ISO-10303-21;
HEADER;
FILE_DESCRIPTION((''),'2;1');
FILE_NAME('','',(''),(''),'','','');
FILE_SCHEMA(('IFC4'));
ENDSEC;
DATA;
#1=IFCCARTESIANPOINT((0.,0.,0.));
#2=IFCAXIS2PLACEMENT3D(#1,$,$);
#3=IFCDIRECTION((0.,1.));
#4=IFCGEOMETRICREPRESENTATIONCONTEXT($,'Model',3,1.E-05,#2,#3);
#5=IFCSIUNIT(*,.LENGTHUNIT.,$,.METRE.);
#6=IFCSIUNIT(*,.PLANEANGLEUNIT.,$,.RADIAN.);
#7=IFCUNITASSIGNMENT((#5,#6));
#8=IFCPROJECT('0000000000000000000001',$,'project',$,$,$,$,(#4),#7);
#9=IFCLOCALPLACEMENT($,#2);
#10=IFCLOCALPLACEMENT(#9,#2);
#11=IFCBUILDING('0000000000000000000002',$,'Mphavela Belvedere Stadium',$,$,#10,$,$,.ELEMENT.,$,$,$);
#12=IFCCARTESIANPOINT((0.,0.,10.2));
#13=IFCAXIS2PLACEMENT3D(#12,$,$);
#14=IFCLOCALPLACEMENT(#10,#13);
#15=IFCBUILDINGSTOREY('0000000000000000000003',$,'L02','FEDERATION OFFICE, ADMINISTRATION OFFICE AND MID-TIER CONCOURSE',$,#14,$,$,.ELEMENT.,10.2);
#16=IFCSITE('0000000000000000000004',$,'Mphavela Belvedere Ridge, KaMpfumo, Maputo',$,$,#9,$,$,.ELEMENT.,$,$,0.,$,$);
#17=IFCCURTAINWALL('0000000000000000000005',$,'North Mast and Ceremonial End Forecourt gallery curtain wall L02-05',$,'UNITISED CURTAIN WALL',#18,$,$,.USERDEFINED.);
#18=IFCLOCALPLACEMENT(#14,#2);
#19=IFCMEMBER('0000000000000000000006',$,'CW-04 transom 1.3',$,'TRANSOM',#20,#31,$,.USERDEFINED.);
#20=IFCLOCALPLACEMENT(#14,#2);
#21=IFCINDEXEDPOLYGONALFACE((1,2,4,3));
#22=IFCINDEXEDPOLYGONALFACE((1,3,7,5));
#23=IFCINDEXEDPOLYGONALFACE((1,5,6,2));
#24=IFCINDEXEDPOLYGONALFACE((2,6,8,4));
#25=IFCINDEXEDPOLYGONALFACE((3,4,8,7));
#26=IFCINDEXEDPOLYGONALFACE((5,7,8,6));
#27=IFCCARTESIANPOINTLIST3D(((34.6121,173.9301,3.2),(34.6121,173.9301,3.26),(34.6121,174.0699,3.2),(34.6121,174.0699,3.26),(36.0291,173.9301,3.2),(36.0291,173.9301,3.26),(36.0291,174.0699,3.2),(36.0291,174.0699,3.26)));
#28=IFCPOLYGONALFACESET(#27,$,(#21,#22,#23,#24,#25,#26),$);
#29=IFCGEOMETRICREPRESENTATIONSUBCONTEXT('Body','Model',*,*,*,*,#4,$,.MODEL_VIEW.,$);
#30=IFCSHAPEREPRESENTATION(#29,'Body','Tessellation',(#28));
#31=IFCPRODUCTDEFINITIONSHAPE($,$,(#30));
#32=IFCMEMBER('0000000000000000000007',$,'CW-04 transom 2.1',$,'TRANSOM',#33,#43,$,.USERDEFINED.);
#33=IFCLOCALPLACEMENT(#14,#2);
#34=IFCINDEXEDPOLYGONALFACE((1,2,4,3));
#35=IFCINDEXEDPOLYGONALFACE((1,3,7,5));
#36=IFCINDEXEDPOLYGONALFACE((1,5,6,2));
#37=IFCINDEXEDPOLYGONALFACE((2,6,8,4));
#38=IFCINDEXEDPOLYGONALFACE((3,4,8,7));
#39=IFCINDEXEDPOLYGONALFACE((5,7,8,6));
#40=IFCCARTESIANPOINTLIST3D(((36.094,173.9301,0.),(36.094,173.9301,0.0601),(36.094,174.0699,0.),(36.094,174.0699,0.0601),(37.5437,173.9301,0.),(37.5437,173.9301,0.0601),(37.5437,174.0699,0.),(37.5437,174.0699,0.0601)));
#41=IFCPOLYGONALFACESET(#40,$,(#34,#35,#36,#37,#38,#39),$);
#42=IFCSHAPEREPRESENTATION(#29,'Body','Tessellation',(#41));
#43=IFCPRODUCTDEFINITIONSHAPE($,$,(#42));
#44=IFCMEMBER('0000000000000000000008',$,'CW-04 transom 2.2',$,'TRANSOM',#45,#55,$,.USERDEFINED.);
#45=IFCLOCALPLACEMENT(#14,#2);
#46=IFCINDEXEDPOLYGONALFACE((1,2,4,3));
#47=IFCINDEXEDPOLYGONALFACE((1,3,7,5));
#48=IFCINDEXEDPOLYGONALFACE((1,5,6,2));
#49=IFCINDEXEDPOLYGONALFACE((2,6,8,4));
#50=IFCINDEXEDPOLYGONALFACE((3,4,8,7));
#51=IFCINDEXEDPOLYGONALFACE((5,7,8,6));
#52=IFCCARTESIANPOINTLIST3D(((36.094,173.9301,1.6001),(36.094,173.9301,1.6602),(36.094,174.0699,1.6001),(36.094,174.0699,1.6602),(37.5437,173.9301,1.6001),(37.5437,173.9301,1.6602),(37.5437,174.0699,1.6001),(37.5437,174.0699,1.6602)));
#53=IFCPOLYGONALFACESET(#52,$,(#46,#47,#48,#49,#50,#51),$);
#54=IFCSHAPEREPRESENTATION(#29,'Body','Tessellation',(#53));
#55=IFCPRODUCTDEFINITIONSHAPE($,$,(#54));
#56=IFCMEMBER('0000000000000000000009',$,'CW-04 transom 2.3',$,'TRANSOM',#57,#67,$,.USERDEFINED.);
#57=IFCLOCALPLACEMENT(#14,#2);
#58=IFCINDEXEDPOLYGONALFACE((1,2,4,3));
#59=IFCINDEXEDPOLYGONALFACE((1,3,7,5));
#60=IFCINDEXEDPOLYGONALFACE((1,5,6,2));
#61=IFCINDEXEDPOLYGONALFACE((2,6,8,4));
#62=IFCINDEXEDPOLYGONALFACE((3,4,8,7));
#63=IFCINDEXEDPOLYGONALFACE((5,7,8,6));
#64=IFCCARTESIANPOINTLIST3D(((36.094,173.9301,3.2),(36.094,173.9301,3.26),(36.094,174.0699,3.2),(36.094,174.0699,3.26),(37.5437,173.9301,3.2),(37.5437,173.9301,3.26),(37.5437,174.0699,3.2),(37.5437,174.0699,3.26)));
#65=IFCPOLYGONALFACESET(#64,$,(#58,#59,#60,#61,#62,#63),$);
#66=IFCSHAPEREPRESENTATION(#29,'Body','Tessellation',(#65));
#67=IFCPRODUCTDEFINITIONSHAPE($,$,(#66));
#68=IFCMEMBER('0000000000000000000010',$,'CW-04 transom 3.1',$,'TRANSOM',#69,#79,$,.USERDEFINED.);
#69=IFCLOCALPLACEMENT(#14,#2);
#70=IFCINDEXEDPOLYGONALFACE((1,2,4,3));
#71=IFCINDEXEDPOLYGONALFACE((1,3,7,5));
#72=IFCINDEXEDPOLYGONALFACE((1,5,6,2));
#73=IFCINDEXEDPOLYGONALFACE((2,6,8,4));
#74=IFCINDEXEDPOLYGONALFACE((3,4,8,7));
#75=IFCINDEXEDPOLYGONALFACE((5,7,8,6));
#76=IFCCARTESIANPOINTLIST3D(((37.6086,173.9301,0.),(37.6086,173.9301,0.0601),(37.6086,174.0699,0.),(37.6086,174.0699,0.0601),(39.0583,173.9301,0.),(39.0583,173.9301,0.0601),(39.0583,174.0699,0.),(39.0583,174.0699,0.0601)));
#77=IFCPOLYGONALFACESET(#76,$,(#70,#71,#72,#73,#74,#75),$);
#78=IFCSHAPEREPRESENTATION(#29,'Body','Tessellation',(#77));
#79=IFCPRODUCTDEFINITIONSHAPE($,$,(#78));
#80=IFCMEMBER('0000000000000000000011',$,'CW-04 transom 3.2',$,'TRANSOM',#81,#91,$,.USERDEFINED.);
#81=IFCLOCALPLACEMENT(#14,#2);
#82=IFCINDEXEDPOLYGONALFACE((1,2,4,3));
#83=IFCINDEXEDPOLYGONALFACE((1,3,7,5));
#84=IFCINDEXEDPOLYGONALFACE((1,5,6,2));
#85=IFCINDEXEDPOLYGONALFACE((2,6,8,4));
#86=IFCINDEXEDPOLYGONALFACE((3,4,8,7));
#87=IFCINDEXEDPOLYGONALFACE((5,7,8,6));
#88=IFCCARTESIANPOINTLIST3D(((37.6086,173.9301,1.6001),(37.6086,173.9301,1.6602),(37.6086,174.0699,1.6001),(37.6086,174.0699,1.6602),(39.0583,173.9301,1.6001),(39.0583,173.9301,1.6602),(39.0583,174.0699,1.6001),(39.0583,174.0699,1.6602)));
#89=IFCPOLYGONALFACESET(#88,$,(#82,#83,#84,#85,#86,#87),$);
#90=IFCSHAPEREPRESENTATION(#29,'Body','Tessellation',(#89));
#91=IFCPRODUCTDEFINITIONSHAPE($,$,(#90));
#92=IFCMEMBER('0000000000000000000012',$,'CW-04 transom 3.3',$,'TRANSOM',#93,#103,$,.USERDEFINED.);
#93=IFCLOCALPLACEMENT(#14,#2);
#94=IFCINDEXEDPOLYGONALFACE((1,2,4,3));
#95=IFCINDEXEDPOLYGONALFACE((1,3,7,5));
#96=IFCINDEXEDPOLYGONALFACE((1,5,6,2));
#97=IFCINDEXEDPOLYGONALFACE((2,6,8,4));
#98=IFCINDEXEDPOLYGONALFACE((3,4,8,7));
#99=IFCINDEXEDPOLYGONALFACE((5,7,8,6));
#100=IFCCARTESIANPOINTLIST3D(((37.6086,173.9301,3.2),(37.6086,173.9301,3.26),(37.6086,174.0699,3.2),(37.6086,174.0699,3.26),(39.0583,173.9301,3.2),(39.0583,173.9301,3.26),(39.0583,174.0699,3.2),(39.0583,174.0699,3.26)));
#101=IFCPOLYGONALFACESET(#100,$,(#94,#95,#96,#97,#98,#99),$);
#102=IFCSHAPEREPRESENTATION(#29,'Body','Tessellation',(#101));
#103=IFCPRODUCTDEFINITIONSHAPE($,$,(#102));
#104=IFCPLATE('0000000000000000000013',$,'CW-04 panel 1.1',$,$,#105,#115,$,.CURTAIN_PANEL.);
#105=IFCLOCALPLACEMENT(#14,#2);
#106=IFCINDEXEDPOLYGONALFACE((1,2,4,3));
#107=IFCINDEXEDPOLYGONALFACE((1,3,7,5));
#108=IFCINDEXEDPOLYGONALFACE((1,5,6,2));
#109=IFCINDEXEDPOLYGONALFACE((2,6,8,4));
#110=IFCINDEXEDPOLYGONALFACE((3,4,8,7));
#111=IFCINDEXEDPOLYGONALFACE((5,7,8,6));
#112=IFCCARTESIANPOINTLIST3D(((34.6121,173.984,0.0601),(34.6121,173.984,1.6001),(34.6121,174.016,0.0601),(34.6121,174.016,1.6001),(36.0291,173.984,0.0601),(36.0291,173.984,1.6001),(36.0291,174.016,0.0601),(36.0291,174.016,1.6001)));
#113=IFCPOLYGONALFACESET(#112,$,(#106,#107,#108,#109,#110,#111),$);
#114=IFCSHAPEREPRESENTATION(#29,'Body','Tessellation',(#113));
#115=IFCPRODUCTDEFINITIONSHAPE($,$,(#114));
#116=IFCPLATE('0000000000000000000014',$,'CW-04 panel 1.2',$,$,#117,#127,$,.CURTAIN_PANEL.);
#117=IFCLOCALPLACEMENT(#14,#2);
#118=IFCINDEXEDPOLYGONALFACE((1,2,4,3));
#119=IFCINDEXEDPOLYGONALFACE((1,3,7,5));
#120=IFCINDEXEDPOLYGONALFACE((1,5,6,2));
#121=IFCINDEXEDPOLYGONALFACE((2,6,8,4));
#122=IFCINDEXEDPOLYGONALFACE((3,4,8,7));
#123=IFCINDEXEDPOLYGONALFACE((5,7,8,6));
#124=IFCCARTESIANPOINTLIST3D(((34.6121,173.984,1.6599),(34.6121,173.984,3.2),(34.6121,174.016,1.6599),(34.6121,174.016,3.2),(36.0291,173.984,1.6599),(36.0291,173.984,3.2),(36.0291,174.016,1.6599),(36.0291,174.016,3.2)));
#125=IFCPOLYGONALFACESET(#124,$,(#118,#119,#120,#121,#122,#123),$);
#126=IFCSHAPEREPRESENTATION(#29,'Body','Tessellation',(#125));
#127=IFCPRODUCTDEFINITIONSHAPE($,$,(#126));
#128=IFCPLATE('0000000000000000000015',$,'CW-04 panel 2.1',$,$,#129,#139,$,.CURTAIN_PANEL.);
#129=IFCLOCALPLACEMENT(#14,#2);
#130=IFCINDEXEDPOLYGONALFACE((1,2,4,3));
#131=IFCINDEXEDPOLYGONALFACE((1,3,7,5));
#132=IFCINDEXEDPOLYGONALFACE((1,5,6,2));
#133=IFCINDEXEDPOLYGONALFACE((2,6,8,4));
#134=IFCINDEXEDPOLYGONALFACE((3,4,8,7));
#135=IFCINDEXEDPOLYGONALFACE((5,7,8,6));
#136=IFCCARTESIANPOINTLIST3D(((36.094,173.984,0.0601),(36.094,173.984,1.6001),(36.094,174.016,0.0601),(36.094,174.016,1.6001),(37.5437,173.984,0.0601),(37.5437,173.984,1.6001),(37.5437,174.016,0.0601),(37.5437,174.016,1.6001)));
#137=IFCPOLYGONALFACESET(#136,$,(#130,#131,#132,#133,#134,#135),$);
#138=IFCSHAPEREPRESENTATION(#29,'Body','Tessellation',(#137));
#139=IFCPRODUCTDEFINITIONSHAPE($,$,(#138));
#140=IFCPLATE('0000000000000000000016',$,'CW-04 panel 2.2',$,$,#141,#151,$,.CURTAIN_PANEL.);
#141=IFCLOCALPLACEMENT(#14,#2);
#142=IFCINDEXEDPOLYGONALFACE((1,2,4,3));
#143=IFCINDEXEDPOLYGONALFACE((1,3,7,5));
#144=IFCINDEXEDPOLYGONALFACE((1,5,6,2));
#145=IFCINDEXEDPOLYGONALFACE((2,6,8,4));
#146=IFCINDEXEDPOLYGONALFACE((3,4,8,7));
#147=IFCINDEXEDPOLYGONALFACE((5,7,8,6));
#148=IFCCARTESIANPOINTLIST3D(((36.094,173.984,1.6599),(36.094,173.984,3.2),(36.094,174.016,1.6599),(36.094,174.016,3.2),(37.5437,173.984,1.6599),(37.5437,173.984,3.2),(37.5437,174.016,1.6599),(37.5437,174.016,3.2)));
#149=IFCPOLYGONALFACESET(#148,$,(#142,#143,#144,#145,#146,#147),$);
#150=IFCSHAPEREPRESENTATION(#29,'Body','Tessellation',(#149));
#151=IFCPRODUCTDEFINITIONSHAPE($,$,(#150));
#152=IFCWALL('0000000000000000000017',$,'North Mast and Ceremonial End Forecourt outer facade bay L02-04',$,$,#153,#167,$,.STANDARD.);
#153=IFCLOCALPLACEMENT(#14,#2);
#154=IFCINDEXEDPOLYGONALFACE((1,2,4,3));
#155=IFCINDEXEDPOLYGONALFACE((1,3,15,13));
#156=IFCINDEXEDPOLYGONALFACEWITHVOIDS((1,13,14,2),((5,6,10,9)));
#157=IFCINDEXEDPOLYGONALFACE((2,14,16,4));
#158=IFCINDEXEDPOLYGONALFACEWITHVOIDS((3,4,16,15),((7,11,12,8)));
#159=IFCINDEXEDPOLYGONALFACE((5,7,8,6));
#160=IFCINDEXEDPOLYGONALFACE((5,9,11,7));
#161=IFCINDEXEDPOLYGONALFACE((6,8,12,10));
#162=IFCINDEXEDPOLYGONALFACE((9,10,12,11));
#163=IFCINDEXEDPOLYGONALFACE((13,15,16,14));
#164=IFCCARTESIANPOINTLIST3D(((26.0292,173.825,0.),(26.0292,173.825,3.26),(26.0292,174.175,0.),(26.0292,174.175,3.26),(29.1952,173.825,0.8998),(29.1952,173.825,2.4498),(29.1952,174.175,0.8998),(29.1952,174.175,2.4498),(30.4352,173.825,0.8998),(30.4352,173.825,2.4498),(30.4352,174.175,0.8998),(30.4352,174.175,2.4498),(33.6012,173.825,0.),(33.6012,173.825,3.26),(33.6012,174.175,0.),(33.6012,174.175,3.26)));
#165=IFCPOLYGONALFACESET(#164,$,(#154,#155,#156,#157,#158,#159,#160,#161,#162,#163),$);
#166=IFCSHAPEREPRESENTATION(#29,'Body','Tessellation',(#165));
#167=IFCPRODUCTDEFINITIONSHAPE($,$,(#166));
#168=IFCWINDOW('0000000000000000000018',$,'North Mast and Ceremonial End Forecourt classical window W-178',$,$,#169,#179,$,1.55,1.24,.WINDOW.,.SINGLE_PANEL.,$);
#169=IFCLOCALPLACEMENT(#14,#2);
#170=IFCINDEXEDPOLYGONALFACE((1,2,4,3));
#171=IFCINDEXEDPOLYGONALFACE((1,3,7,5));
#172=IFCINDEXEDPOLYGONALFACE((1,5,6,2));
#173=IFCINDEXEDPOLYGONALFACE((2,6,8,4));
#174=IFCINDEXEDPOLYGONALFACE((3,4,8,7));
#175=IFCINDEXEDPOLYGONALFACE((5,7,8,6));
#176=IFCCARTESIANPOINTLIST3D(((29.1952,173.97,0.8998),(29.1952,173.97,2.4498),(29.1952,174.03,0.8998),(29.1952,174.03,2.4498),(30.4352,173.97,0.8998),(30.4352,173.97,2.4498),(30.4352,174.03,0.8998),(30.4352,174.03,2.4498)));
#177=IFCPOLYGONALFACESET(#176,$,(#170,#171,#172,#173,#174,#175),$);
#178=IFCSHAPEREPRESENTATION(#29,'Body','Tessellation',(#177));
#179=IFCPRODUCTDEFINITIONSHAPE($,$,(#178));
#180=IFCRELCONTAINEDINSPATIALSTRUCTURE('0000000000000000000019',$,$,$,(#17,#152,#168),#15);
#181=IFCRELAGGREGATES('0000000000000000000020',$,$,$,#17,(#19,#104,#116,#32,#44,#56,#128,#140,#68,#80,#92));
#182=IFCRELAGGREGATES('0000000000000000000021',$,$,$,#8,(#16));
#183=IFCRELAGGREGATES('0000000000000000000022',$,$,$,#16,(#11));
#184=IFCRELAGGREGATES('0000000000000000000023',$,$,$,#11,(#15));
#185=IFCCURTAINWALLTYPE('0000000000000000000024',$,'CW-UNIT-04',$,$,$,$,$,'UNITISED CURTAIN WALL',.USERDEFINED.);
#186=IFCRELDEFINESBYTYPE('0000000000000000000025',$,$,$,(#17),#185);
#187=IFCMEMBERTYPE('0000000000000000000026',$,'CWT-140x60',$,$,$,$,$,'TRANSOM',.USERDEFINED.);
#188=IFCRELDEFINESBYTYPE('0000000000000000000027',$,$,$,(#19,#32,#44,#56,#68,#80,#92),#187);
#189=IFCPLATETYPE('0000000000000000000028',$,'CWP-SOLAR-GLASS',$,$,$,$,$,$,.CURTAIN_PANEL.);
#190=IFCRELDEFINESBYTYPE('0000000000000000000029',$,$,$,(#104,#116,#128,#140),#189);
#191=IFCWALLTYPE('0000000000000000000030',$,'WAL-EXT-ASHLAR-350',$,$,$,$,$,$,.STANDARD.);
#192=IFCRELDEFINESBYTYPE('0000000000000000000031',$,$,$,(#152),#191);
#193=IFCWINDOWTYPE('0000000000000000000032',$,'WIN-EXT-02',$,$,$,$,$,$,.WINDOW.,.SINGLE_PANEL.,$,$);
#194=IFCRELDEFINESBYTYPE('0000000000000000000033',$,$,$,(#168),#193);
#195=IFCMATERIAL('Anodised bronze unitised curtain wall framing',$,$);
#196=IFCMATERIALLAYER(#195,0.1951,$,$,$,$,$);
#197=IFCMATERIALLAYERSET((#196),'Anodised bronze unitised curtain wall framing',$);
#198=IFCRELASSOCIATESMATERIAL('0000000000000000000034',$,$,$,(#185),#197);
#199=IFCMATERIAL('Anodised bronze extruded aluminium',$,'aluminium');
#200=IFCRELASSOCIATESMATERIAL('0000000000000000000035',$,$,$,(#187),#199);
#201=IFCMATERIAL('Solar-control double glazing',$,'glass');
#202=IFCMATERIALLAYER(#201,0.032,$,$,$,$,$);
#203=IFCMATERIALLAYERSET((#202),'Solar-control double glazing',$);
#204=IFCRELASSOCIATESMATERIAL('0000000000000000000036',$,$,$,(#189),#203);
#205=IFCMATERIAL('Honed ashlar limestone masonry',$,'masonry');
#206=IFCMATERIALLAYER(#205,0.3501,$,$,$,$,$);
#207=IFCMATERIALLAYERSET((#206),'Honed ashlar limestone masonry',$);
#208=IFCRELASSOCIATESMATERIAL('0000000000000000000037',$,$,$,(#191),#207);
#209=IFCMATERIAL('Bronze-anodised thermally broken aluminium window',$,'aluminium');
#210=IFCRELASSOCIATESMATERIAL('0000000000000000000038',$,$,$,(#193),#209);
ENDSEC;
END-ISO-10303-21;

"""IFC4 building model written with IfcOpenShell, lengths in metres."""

from ifc_helpers import new_model, si_unit, direction, frame, frame_2d, origin, origin_2d, place, context, subcontext, project, spatial, rectangle, extrude, material, layer, layer_set, material_profile, profile_set, type_object, element, fill, aggregate, save


model = new_model("IFC4")

# Units and contexts
model_context = context("Model", 3, precision=1e-05, world=origin(), true_north=direction((0.0, 1.0)))
body_context = subcontext(model_context, "Body", "Model", "MODEL_VIEW")
ifc_project = project(units=[si_unit("LENGTHUNIT", "METRE"), si_unit("PLANEANGLEUNIT", "RADIAN")], contexts=[model_context])

# Site, building, storey
site_placement = place(None, origin())
site = spatial("IfcSite", under=ifc_project, at=site_placement, Name="Mphavela Belvedere Ridge, KaMpfumo, Maputo", CompositionType="ELEMENT", RefElevation=0.0)
building_placement = place(site_placement, origin())
building = spatial("IfcBuilding", under=site, at=building_placement, Name="Mphavela Belvedere Stadium", CompositionType="ELEMENT")
storey_placement = place(building_placement, frame((0.0, 0.0, 10.2)))
storey = spatial("IfcBuildingStorey", under=building, at=storey_placement, Name="L02", Description="FEDERATION OFFICE, ADMINISTRATION OFFICE AND MID-TIER CONCOURSE", CompositionType="ELEMENT", Elevation=10.2)

# Curtain wall, members, plates
ifc_material_1 = material(Name="Anodised bronze unitised curtain wall framing")
ifc_layer_1 = layer(ifc_material_1, 0.1951)
ifc_layer_set_1 = layer_set([ifc_layer_1], Name="Anodised bronze unitised curtain wall framing")
curtain_wall_type = type_object("IfcCurtainWallType", Name="CW-UNIT-04", ElementType="UNITISED CURTAIN WALL", PredefinedType="USERDEFINED", material=ifc_layer_set_1)
curtain_wall_placement = place(storey_placement, origin())
curtain_wall = element("IfcCurtainWall", 1, at=curtain_wall_placement, inside=storey, type_object=curtain_wall_type, Name="North Mast and Ceremonial End Forecourt gallery curtain wall L02-05", ObjectType="UNITISED CURTAIN WALL", PredefinedType="USERDEFINED")
ifc_material_2 = material(Name="Anodised bronze extruded aluminium", Category="aluminium")
ifc_material_profile_1 = material_profile(ifc_material_2, rectangle(XDim=0.1399, YDim=0.0601, at=origin_2d()), Name="CW-TRN 140x60")
ifc_profile_set_1 = profile_set([ifc_material_profile_1], Name="Anodised bronze extruded aluminium")
member_type_1 = type_object("IfcMemberType", Name="CWT-140x60", ElementType="TRANSOM", PredefinedType="USERDEFINED", material=ifc_profile_set_1)
member_1_placement = place(storey_placement, frame((34.6121, 174.0, 3.23), z_axis=(1.0, 0.0, 0.0), x_axis=(0.0, 1.0, 0.0)))
member_1 = element("IfcMember", 2, at=member_1_placement, type_object=member_type_1, Name="CW-04 transom 1.3", ObjectType="TRANSOM", PredefinedType="USERDEFINED", context=body_context, shape_type="SweptSolid", body=[
    extrude(rectangle(XDim=0.1399, YDim=0.0601, at=origin_2d()), origin(), (0.0, 0.0, 1.0), 1.417),
])
member_2_placement = place(storey_placement, frame((36.094, 174.0, 0.03), z_axis=(1.0, 0.0, 0.0), x_axis=(0.0, 1.0, 0.0)))
member_2 = element("IfcMember", 3, at=member_2_placement, type_object=member_type_1, Name="CW-04 transom 2.1", ObjectType="TRANSOM", PredefinedType="USERDEFINED", context=body_context, shape_type="SweptSolid", body=[
    extrude(rectangle(XDim=0.1399, YDim=0.0601, at=origin_2d()), origin(), (0.0, 0.0, 1.0), 1.4497),
])
member_3_placement = place(storey_placement, frame((36.094, 174.0, 1.6301), z_axis=(1.0, 0.0, 0.0), x_axis=(0.0, 1.0, 0.0)))
member_3 = element("IfcMember", 4, at=member_3_placement, type_object=member_type_1, Name="CW-04 transom 2.2", ObjectType="TRANSOM", PredefinedType="USERDEFINED", context=body_context, shape_type="SweptSolid", body=[
    extrude(rectangle(XDim=0.1399, YDim=0.0601, at=origin_2d()), origin(), (0.0, 0.0, 1.0), 1.4497),
])
member_4_placement = place(storey_placement, frame((36.094, 174.0, 3.23), z_axis=(1.0, 0.0, 0.0), x_axis=(0.0, 1.0, 0.0)))
member_4 = element("IfcMember", 5, at=member_4_placement, type_object=member_type_1, Name="CW-04 transom 2.3", ObjectType="TRANSOM", PredefinedType="USERDEFINED", context=body_context, shape_type="SweptSolid", body=[
    extrude(rectangle(XDim=0.1399, YDim=0.0601, at=origin_2d()), origin(), (0.0, 0.0, 1.0), 1.4497),
])
member_5_placement = place(storey_placement, frame((37.6086, 174.0, 0.03), z_axis=(1.0, 0.0, 0.0), x_axis=(0.0, 1.0, 0.0)))
member_5 = element("IfcMember", 6, at=member_5_placement, type_object=member_type_1, Name="CW-04 transom 3.1", ObjectType="TRANSOM", PredefinedType="USERDEFINED", context=body_context, shape_type="SweptSolid", body=[
    extrude(rectangle(XDim=0.1399, YDim=0.0601, at=origin_2d()), origin(), (0.0, 0.0, 1.0), 1.4497),
])
member_6_placement = place(storey_placement, frame((37.6086, 174.0, 1.6301), z_axis=(1.0, 0.0, 0.0), x_axis=(0.0, 1.0, 0.0)))
member_6 = element("IfcMember", 7, at=member_6_placement, type_object=member_type_1, Name="CW-04 transom 3.2", ObjectType="TRANSOM", PredefinedType="USERDEFINED", context=body_context, shape_type="SweptSolid", body=[
    extrude(rectangle(XDim=0.1399, YDim=0.0601, at=origin_2d()), origin(), (0.0, 0.0, 1.0), 1.4497),
])
member_7_placement = place(storey_placement, frame((37.6086, 174.0, 3.23), z_axis=(1.0, 0.0, 0.0), x_axis=(0.0, 1.0, 0.0)))
member_7 = element("IfcMember", 8, at=member_7_placement, type_object=member_type_1, Name="CW-04 transom 3.3", ObjectType="TRANSOM", PredefinedType="USERDEFINED", context=body_context, shape_type="SweptSolid", body=[
    extrude(rectangle(XDim=0.1399, YDim=0.0601, at=origin_2d()), origin(), (0.0, 0.0, 1.0), 1.4497),
])
ifc_material_3 = material(Name="Solar-control double glazing", Category="glass")
ifc_layer_2 = layer(ifc_material_3, 0.032)
ifc_layer_set_2 = layer_set([ifc_layer_2], Name="Solar-control double glazing")
plate_type = type_object("IfcPlateType", Name="CWP-SOLAR-GLASS", PredefinedType="CURTAIN_PANEL", material=ifc_layer_set_2)
plate_1_placement = place(storey_placement, frame((35.3206, 174.0, 0.0601), z_axis=(0.0, 0.0, 1.0), x_axis=(1.0, 0.0, 0.0)))
plate_1 = element("IfcPlate", 9, at=plate_1_placement, type_object=plate_type, Name="CW-04 panel 1.1", PredefinedType="CURTAIN_PANEL", context=body_context, shape_type="SweptSolid", body=[
    extrude(rectangle(XDim=1.417, YDim=0.032, at=origin_2d()), origin(), (0.0, 0.0, 1.0), 1.54),
])
plate_2_placement = place(storey_placement, frame((35.3206, 174.0, 1.6599), z_axis=(0.0, 0.0, 1.0), x_axis=(1.0, 0.0, 0.0)))
plate_2 = element("IfcPlate", 10, at=plate_2_placement, type_object=plate_type, Name="CW-04 panel 1.2", PredefinedType="CURTAIN_PANEL", context=body_context, shape_type="SweptSolid", body=[
    extrude(rectangle(XDim=1.417, YDim=0.032, at=origin_2d()), origin(), (0.0, 0.0, 1.0), 1.54),
])
plate_3_placement = place(storey_placement, frame((36.8188, 174.0, 0.0601), z_axis=(0.0, 0.0, 1.0), x_axis=(1.0, 0.0, 0.0)))
plate_3 = element("IfcPlate", 11, at=plate_3_placement, type_object=plate_type, Name="CW-04 panel 2.1", PredefinedType="CURTAIN_PANEL", context=body_context, shape_type="SweptSolid", body=[
    extrude(rectangle(XDim=1.4497, YDim=0.032, at=origin_2d()), origin(), (0.0, 0.0, 1.0), 1.54),
])
plate_4_placement = place(storey_placement, frame((36.8188, 174.0, 1.6599), z_axis=(0.0, 0.0, 1.0), x_axis=(1.0, 0.0, 0.0)))
plate_4 = element("IfcPlate", 12, at=plate_4_placement, type_object=plate_type, Name="CW-04 panel 2.2", PredefinedType="CURTAIN_PANEL", context=body_context, shape_type="SweptSolid", body=[
    extrude(rectangle(XDim=1.4497, YDim=0.032, at=origin_2d()), origin(), (0.0, 0.0, 1.0), 1.54),
])
aggregate(curtain_wall, [member_1, plate_1, plate_2, member_2, member_3, member_4, plate_3, plate_4, member_5, member_6, member_7])

# Wall, opening, window
ifc_material_4 = material(Name="Honed ashlar limestone masonry", Category="masonry")
ifc_layer_3 = layer(ifc_material_4, 0.3501)
ifc_layer_set_3 = layer_set([ifc_layer_3], Name="Honed ashlar limestone masonry")
wall_type_1 = type_object("IfcWallType", Name="WAL-EXT-ASHLAR-350", PredefinedType="STANDARD", material=ifc_layer_set_3)
wall_1_placement = place(storey_placement, frame((26.0291, 174.0, 0.0), z_axis=(0.0, 0.0, 1.0), x_axis=(1.0, 0.0, 0.0)))
wall_1 = element("IfcWall", 13, at=wall_1_placement, inside=storey, type_object=wall_type_1, Name="North Mast and Ceremonial End Forecourt outer facade bay L02-04", PredefinedType="STANDARD", context=body_context, shape_type="SweptSolid", body=[
    extrude(rectangle(XDim=7.572, YDim=0.3501, at=frame_2d((3.7861, 0.0))), origin(), (0.0, 0.0, 1.0), 3.26),
])
opening_placement = place(wall_1_placement, frame((3.166, 0.0, 0.8999)))
opening = element("IfcOpeningElement", 14, at=opening_placement, cuts=wall_1, PredefinedType="OPENING", context=body_context, shape_type="SweptSolid", body=[
    extrude(rectangle(XDim=1.24, YDim=1.55, at=frame_2d((0.6201, 0.7749))), frame((0.0, 0.1851, 0.0), z_axis=(0.0, -1.0, 0.0), x_axis=(1.0, 0.0, 0.0)), (0.0, 0.0, 1.0), 0.3701),
])
ifc_material_5 = material(Name="Bronze-anodised thermally broken aluminium window", Category="aluminium")
window_type = type_object("IfcWindowType", Name="WIN-EXT-02", PartitioningType="SINGLE_PANEL", PredefinedType="WINDOW", material=ifc_material_5)
window_placement = place(opening_placement, origin())
window = element("IfcWindow", 15, at=window_placement, inside=storey, type_object=window_type, Name="North Mast and Ceremonial End Forecourt classical window W-178", OverallHeight=1.55, OverallWidth=1.24, PartitioningType="SINGLE_PANEL", PredefinedType="WINDOW", context=body_context, shape_type="SweptSolid", body=[
    extrude(rectangle(XDim=1.24, YDim=1.55, at=frame_2d((0.6201, 0.7749))), frame((0.0, 0.03, 0.0), z_axis=(0.0, -1.0, 0.0), x_axis=(1.0, 0.0, 0.0)), (0.0, 0.0, 1.0), 0.0601),
])
fill(opening, window)

save(model, "model.ifc")
